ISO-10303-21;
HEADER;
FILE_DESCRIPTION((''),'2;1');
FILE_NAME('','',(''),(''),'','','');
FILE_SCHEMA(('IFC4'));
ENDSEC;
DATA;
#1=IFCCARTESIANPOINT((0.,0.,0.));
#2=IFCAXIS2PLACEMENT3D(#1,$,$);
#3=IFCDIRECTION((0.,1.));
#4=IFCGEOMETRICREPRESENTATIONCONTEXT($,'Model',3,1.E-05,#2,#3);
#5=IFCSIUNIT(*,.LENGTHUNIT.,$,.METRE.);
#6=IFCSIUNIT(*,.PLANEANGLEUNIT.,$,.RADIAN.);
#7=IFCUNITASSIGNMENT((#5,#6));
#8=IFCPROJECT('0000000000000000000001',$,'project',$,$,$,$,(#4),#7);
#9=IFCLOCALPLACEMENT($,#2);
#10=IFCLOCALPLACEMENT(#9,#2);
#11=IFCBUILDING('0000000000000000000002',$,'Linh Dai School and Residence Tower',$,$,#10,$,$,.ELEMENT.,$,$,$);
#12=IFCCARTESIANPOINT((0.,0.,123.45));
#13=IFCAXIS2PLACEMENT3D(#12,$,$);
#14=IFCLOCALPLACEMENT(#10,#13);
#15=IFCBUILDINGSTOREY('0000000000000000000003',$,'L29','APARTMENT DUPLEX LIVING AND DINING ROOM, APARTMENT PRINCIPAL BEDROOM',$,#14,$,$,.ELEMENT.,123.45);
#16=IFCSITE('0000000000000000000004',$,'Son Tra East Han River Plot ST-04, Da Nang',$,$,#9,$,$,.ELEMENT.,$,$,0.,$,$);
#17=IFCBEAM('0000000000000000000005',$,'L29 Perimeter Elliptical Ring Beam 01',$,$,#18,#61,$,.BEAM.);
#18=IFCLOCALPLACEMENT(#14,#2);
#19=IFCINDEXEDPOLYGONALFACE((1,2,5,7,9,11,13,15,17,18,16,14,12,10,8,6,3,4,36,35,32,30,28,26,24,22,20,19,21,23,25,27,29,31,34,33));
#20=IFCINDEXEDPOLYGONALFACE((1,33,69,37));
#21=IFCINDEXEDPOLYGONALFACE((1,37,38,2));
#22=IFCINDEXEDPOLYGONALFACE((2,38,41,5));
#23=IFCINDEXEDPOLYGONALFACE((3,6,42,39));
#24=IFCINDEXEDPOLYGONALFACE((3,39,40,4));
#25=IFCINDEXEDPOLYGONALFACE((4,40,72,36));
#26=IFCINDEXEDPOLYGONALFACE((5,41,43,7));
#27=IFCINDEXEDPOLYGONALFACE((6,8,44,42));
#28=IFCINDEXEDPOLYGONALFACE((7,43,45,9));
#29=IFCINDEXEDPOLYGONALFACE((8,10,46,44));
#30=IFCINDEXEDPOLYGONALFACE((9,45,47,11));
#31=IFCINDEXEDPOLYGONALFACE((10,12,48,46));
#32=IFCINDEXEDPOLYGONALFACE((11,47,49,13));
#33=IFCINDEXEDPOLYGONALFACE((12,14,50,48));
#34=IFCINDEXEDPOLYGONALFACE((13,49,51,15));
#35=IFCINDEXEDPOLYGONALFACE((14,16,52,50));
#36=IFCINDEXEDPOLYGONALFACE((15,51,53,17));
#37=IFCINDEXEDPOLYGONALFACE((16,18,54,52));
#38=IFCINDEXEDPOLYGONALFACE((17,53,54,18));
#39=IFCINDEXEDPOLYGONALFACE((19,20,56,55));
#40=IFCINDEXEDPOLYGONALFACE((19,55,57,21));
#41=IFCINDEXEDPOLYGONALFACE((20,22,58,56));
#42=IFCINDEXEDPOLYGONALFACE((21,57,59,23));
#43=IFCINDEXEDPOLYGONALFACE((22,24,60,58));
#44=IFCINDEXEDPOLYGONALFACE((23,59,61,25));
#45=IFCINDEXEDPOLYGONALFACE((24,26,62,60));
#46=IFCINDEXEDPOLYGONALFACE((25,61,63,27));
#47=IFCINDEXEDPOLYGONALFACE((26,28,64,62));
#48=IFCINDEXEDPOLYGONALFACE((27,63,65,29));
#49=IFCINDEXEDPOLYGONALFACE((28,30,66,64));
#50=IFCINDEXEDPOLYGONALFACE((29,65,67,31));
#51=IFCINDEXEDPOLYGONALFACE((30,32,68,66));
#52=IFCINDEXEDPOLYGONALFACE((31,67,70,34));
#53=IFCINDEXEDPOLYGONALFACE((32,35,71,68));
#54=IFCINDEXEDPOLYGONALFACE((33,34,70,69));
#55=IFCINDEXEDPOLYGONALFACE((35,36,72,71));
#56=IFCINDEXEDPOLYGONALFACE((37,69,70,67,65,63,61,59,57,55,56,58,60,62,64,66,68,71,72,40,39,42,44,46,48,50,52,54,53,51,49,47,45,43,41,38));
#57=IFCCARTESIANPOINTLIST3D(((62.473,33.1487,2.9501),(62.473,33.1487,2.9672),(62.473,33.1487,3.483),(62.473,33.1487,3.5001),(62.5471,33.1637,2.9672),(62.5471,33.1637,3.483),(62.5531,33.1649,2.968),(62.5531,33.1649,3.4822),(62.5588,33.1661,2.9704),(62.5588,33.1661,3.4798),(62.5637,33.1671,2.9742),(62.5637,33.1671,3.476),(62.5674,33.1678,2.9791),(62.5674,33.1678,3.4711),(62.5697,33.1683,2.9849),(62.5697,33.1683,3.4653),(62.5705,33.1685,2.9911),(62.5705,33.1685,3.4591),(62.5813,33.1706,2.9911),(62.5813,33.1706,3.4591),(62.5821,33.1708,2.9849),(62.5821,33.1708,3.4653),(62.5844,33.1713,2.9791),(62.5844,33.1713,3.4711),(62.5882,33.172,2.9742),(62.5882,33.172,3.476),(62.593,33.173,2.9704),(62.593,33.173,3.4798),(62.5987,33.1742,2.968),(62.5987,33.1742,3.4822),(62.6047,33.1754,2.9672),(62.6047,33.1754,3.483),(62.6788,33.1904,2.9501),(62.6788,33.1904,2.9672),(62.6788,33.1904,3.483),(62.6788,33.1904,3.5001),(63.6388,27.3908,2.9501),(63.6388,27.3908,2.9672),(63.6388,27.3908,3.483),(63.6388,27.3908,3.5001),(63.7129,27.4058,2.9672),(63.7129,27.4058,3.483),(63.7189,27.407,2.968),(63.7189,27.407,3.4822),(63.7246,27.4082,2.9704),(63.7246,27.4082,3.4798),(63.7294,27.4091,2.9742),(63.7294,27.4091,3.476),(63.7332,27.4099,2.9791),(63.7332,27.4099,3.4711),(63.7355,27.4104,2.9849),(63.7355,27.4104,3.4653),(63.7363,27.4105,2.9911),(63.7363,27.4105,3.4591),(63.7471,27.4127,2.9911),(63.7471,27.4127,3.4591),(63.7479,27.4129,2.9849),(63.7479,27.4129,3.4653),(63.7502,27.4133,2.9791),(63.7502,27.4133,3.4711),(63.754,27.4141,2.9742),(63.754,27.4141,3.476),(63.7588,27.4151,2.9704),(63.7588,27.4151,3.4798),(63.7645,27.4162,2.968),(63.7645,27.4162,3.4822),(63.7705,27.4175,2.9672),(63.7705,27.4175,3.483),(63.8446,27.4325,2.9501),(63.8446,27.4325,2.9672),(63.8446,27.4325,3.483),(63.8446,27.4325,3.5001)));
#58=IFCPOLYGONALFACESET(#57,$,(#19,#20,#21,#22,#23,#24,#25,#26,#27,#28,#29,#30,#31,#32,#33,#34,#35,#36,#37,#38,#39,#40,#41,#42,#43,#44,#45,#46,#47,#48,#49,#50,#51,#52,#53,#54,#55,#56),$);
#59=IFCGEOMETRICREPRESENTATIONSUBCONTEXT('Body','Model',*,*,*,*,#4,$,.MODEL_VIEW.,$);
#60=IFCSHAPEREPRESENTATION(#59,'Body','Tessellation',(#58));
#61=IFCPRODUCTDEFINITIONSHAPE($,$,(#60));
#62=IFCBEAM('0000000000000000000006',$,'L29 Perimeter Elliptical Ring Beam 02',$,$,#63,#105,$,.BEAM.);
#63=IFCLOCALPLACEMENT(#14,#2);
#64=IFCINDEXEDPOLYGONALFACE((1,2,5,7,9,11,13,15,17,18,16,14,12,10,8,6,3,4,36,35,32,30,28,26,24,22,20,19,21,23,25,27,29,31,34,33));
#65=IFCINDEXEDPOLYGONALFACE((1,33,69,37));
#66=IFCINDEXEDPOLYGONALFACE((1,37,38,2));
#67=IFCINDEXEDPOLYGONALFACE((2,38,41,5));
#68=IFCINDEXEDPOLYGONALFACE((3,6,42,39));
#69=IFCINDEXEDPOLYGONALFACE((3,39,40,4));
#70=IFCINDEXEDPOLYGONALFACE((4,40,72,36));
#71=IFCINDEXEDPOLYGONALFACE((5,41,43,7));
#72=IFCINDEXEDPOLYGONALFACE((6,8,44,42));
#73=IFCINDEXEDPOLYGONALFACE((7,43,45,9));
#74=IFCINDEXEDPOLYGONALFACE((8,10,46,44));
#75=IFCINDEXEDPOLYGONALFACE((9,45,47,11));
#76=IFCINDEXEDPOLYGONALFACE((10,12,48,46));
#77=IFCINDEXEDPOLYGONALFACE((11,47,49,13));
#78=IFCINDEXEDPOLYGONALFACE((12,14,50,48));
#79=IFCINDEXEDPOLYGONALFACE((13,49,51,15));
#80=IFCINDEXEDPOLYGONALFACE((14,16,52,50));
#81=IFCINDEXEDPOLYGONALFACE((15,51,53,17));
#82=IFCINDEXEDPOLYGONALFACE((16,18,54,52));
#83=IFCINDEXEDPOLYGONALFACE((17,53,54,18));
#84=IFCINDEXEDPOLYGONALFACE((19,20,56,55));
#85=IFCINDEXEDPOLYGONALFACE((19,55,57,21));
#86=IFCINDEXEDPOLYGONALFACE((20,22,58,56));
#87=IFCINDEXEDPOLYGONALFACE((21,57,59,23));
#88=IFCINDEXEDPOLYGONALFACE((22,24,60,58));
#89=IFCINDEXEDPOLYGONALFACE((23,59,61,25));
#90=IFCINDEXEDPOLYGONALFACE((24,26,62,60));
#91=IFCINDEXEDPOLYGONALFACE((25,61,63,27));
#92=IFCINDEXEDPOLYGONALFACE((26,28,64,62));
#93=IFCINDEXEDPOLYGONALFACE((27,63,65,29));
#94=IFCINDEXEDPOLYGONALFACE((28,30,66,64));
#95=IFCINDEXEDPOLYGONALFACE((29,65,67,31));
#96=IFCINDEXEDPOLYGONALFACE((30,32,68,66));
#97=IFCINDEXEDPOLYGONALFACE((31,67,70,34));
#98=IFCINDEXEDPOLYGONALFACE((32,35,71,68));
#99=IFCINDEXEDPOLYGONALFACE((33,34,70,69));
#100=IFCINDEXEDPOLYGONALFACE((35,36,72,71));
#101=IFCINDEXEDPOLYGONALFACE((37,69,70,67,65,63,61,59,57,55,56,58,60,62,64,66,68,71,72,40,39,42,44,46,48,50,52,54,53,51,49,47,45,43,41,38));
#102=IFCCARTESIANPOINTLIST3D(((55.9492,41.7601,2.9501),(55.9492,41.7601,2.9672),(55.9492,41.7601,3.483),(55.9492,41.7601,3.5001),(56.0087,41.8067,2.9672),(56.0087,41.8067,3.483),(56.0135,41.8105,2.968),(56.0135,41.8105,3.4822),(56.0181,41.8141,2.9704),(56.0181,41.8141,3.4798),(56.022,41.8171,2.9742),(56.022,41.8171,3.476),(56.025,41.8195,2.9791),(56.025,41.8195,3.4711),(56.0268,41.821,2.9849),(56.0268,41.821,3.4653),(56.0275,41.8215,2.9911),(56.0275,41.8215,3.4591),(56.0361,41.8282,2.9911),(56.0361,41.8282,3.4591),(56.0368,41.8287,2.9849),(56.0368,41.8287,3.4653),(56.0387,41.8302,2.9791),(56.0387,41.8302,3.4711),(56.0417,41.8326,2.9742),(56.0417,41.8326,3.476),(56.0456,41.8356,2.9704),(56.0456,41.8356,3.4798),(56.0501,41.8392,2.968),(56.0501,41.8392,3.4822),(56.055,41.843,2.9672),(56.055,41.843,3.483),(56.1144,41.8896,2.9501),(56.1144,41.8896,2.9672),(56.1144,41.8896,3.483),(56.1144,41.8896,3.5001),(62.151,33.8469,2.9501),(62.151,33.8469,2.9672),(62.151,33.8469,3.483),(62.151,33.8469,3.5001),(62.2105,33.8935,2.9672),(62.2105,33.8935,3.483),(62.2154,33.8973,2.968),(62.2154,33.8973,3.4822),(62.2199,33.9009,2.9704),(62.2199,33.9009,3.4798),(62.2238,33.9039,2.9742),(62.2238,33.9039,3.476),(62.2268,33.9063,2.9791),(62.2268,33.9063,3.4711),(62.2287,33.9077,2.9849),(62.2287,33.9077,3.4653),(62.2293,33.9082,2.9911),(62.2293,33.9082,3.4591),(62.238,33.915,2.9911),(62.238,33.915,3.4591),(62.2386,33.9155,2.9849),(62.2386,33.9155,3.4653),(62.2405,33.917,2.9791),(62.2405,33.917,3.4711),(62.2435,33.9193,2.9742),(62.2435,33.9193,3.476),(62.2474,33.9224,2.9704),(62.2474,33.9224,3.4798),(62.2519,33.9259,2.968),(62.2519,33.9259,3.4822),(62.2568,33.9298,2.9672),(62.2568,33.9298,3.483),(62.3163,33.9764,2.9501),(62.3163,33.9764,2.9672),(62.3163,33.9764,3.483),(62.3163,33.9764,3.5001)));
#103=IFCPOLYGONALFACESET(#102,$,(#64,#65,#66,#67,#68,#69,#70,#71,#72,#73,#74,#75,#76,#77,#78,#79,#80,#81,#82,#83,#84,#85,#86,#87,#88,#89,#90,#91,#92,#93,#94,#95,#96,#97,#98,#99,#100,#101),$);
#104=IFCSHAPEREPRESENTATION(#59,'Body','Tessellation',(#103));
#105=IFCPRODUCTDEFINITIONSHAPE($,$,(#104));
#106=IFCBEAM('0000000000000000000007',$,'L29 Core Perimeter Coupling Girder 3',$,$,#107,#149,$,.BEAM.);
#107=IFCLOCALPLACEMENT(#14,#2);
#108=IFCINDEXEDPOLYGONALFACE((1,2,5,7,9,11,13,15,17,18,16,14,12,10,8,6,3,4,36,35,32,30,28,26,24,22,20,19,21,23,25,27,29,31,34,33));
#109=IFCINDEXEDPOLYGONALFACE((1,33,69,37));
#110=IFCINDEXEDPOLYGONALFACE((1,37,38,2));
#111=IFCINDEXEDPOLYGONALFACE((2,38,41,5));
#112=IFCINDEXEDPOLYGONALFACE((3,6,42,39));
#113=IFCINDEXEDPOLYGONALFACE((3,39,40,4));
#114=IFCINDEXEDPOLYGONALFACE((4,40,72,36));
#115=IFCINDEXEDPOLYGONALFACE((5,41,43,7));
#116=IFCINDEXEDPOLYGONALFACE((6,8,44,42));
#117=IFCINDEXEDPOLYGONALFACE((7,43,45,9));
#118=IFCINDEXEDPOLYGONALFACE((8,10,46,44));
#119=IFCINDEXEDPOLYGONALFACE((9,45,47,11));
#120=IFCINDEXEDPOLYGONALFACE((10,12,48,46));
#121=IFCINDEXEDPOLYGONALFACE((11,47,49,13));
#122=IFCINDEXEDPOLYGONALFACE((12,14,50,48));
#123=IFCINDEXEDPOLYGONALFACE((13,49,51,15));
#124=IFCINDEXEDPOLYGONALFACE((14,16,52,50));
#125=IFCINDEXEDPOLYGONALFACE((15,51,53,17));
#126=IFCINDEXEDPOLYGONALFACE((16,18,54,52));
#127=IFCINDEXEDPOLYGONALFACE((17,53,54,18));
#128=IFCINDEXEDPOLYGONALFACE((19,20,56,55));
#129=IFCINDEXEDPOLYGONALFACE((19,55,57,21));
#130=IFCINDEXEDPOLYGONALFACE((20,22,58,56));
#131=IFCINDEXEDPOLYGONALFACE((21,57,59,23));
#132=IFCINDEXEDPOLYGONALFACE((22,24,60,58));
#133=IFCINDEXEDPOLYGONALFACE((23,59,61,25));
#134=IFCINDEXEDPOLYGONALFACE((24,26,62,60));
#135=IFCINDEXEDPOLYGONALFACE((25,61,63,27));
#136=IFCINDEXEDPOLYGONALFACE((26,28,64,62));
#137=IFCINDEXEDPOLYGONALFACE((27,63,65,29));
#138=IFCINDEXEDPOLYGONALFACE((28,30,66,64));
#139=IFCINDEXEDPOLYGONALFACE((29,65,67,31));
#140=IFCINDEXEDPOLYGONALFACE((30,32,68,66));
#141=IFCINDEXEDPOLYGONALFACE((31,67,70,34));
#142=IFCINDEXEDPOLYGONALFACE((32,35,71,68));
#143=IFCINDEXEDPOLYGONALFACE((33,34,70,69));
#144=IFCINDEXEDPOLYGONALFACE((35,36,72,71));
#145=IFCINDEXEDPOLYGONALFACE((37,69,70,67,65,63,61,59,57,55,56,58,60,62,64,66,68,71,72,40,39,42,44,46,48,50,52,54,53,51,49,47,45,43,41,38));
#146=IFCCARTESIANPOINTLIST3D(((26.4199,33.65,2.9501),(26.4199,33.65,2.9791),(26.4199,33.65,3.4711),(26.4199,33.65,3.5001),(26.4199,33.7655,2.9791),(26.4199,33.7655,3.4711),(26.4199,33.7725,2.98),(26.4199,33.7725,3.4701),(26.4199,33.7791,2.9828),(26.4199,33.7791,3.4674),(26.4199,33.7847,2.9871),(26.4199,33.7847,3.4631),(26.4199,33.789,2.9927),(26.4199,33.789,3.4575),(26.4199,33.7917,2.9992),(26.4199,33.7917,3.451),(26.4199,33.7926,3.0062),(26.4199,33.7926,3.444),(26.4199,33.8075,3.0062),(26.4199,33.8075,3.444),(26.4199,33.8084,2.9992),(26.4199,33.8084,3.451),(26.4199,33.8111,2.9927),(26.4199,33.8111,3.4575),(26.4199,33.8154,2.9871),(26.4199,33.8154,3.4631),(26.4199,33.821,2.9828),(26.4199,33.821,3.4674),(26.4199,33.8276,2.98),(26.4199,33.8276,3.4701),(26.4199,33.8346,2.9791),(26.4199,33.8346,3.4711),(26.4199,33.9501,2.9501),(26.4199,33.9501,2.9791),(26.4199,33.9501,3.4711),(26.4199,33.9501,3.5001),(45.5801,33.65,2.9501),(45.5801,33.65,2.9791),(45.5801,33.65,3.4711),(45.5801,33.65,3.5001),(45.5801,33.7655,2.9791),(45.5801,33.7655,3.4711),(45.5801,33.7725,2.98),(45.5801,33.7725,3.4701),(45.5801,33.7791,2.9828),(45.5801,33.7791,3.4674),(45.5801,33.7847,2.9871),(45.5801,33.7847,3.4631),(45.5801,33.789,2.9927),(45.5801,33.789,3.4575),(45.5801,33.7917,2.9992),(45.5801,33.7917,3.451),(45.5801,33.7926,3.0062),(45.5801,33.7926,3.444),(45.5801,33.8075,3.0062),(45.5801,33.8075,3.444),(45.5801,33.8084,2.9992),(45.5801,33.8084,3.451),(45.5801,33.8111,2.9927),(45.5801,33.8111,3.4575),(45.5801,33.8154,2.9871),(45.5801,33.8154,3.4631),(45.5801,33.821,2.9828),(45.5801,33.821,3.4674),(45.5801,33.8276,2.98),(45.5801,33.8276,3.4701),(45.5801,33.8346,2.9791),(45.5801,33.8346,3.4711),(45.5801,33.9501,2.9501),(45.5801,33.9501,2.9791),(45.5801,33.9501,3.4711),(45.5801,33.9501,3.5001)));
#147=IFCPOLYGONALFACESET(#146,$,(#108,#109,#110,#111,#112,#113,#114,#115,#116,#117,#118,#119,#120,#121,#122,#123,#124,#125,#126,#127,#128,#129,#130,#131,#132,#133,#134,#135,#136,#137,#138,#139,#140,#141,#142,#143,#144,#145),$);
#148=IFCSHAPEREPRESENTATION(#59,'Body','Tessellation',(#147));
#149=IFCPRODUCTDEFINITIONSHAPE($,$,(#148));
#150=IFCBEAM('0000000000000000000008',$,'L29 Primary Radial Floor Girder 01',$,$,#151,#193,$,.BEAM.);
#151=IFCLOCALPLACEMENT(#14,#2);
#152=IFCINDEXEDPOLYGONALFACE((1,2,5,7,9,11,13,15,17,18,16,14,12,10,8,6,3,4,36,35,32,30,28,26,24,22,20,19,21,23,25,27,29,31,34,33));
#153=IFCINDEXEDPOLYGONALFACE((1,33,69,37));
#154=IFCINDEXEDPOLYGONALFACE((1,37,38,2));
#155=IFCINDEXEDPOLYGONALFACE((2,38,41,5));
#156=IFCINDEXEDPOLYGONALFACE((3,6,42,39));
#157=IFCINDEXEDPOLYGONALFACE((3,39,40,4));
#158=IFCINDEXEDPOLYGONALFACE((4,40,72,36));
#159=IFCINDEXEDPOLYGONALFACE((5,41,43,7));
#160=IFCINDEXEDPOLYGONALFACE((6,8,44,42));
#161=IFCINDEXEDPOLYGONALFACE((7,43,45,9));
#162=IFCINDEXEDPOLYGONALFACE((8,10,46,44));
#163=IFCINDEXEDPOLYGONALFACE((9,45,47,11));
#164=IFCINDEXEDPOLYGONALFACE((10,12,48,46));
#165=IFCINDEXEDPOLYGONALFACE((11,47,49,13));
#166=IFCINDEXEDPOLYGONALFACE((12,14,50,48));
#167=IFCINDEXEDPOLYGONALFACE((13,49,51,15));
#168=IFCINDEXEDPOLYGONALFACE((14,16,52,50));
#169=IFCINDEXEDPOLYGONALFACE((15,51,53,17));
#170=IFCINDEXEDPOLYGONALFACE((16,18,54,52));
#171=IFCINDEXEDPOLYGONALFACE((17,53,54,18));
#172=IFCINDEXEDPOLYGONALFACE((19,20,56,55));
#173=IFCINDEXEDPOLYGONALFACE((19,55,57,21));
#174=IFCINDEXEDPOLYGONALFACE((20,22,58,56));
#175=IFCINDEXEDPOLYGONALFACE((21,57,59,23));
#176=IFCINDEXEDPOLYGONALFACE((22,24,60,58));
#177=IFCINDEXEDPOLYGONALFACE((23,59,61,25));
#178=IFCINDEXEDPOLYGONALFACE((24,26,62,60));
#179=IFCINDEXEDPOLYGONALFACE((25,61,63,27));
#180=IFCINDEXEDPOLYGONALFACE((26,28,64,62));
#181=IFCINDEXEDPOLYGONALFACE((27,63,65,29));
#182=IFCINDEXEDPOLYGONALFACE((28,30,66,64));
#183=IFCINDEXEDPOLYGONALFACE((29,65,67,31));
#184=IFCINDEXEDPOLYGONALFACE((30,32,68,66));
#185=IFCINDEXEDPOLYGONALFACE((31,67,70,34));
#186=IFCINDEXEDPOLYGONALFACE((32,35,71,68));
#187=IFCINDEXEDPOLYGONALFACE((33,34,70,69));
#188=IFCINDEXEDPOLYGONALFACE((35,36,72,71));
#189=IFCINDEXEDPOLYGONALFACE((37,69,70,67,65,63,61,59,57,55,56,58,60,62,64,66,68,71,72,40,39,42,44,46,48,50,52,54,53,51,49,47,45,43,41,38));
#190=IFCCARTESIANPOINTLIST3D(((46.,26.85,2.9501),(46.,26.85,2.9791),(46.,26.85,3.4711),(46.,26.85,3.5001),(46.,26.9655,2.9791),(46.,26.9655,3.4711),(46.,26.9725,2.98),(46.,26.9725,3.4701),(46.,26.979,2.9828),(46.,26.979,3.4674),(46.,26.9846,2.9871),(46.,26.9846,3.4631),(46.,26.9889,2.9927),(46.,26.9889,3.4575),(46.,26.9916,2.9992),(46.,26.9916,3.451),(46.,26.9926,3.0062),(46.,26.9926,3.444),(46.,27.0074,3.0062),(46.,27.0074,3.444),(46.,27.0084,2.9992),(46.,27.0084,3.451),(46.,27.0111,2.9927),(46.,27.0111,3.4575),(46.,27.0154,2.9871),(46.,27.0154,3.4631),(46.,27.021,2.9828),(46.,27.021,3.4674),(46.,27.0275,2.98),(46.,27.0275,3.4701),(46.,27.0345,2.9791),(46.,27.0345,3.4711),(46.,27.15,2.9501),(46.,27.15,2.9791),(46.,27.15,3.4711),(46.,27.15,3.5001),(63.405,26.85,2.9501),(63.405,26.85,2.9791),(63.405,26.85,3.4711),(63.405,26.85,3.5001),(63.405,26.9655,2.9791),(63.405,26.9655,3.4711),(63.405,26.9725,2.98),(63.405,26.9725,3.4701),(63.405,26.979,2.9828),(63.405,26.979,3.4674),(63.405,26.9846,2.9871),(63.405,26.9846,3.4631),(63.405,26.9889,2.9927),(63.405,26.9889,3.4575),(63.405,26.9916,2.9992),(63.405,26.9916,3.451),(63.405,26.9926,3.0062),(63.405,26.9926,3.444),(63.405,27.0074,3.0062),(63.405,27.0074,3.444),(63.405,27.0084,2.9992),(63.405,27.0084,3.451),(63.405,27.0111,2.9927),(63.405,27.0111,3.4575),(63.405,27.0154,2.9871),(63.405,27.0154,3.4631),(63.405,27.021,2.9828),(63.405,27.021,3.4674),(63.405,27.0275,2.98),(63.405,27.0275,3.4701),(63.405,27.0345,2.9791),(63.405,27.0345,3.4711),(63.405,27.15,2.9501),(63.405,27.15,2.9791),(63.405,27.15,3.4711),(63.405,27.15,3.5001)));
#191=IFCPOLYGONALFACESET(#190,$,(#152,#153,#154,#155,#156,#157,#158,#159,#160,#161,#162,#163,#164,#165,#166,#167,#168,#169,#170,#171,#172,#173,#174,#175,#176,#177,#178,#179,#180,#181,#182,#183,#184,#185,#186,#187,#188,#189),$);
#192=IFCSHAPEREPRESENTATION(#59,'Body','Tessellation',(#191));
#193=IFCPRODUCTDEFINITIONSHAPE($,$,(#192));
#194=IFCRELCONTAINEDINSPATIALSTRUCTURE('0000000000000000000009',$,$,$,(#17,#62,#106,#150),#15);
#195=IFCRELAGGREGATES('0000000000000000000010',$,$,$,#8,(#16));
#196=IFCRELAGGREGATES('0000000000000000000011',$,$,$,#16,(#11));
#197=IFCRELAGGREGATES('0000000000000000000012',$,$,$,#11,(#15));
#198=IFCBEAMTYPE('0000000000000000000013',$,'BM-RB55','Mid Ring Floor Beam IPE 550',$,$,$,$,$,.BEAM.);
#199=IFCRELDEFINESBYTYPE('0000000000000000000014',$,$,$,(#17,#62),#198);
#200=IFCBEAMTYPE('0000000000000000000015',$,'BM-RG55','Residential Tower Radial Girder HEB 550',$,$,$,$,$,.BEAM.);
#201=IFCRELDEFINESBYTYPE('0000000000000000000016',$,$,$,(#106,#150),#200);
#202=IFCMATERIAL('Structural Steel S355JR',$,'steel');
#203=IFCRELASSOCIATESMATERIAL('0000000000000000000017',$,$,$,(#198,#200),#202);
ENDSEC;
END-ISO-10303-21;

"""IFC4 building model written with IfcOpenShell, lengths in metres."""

from ifc_helpers import new_model, si_unit, direction, frame, origin, origin_2d, place, context, subcontext, project, spatial, i_section, extrude, material, material_profile, profile_set, type_object, element, save


model = new_model("IFC4")

# Units and contexts
model_context = context("Model", 3, precision=1e-05, world=origin(), true_north=direction((0.0, 1.0)))
body_context = subcontext(model_context, "Body", "Model", "MODEL_VIEW")
ifc_project = project(units=[si_unit("LENGTHUNIT", "METRE"), si_unit("PLANEANGLEUNIT", "RADIAN")], contexts=[model_context])

# Site, building, storey
site_placement = place(None, origin())
site = spatial("IfcSite", under=ifc_project, at=site_placement, Name="Son Tra East Han River Plot ST-04, Da Nang", CompositionType="ELEMENT", RefElevation=0.0)
building_placement = place(site_placement, origin())
building = spatial("IfcBuilding", under=site, at=building_placement, Name="Linh Dai School and Residence Tower", CompositionType="ELEMENT")
storey_placement = place(building_placement, frame((0.0, 0.0, 123.45)))
storey = spatial("IfcBuildingStorey", under=building, at=storey_placement, Name="L29", Description="APARTMENT DUPLEX LIVING AND DINING ROOM, APARTMENT PRINCIPAL BEDROOM", CompositionType="ELEMENT", Elevation=123.45)

# Shared definitions
ifc_material_1 = material(Name="Structural Steel S355JR", Category="steel")

# Beams
ifc_material_profile_1 = material_profile(ifc_material_1, i_section(OverallWidth=0.21, OverallDepth=0.55, WebThickness=0.011, FlangeThickness=0.0171, FilletRadius=0.0239, at=origin_2d()), Name="IPE 550")
ifc_profile_set_1 = profile_set([ifc_material_profile_1], Name="Structural Steel S355JR")
beam_type_1 = type_object("IfcBeamType", Name="BM-RB55", Description="Mid Ring Floor Beam IPE 550", PredefinedType="BEAM", material=ifc_profile_set_1)
beam_1_placement = place(storey_placement, frame((63.7417, 27.4116, 3.2251), z_axis=(-0.198441, 0.980113, 0.0), x_axis=(-0.980113, -0.198441, 0.0)))
element("IfcBeam", 1, at=beam_1_placement, inside=storey, type_object=beam_type_1, Name="L29 Perimeter Elliptical Ring Beam 01", PredefinedType="BEAM", context=body_context, shape_type="SweptSolid", body=[
    extrude(i_section(OverallWidth=0.21, OverallDepth=0.55, WebThickness=0.011, FlangeThickness=0.0171, FilletRadius=0.0239, at=origin_2d()), origin(), (0.0, 0.0, 1.0), 5.8748),
])
beam_2_placement = place(storey_placement, frame((62.2336, 33.9116, 3.2251), z_axis=(-0.616855, 0.787077, 0.0), x_axis=(-0.787077, -0.616855, 0.0)))
element("IfcBeam", 2, at=beam_2_placement, inside=storey, type_object=beam_type_1, Name="L29 Perimeter Elliptical Ring Beam 02", PredefinedType="BEAM", context=body_context, shape_type="SweptSolid", body=[
    extrude(i_section(OverallWidth=0.21, OverallDepth=0.55, WebThickness=0.011, FlangeThickness=0.0171, FilletRadius=0.0239, at=origin_2d()), origin(), (0.0, 0.0, 1.0), 10.054),
])
ifc_material_profile_2 = material_profile(ifc_material_1, i_section(OverallWidth=0.3, OverallDepth=0.55, WebThickness=0.0149, FlangeThickness=0.0291, FilletRadius=0.0271, at=origin_2d()), Name="HEB 550")
ifc_profile_set_2 = profile_set([ifc_material_profile_2], Name="Structural Steel S355JR")
beam_type_2 = type_object("IfcBeamType", Name="BM-RG55", Description="Residential Tower Radial Girder HEB 550", PredefinedType="BEAM", material=ifc_profile_set_2)
beam_3_placement = place(storey_placement, frame((45.5801, 33.8, 3.2251), z_axis=(-1.0, 0.0, 0.0), x_axis=(0.0, -1.0, 0.0)))
element("IfcBeam", 3, at=beam_3_placement, inside=storey, type_object=beam_type_2, Name="L29 Core Perimeter Coupling Girder 3", PredefinedType="BEAM", context=body_context, shape_type="SweptSolid", body=[
    extrude(i_section(OverallWidth=0.3, OverallDepth=0.55, WebThickness=0.0149, FlangeThickness=0.0291, FilletRadius=0.0271, at=origin_2d()), origin(), (0.0, 0.0, 1.0), 19.1602),
])
beam_4_placement = place(storey_placement, frame((46.0, 27.0, 3.2251), z_axis=(1.0, 0.0, 0.0), x_axis=(0.0, 1.0, 0.0)))
element("IfcBeam", 4, at=beam_4_placement, inside=storey, type_object=beam_type_2, Name="L29 Primary Radial Floor Girder 01", PredefinedType="BEAM", context=body_context, shape_type="SweptSolid", body=[
    extrude(i_section(OverallWidth=0.3, OverallDepth=0.55, WebThickness=0.0149, FlangeThickness=0.0291, FilletRadius=0.0271, at=origin_2d()), origin(), (0.0, 0.0, 1.0), 17.405),
])

save(model, "model.ifc")
